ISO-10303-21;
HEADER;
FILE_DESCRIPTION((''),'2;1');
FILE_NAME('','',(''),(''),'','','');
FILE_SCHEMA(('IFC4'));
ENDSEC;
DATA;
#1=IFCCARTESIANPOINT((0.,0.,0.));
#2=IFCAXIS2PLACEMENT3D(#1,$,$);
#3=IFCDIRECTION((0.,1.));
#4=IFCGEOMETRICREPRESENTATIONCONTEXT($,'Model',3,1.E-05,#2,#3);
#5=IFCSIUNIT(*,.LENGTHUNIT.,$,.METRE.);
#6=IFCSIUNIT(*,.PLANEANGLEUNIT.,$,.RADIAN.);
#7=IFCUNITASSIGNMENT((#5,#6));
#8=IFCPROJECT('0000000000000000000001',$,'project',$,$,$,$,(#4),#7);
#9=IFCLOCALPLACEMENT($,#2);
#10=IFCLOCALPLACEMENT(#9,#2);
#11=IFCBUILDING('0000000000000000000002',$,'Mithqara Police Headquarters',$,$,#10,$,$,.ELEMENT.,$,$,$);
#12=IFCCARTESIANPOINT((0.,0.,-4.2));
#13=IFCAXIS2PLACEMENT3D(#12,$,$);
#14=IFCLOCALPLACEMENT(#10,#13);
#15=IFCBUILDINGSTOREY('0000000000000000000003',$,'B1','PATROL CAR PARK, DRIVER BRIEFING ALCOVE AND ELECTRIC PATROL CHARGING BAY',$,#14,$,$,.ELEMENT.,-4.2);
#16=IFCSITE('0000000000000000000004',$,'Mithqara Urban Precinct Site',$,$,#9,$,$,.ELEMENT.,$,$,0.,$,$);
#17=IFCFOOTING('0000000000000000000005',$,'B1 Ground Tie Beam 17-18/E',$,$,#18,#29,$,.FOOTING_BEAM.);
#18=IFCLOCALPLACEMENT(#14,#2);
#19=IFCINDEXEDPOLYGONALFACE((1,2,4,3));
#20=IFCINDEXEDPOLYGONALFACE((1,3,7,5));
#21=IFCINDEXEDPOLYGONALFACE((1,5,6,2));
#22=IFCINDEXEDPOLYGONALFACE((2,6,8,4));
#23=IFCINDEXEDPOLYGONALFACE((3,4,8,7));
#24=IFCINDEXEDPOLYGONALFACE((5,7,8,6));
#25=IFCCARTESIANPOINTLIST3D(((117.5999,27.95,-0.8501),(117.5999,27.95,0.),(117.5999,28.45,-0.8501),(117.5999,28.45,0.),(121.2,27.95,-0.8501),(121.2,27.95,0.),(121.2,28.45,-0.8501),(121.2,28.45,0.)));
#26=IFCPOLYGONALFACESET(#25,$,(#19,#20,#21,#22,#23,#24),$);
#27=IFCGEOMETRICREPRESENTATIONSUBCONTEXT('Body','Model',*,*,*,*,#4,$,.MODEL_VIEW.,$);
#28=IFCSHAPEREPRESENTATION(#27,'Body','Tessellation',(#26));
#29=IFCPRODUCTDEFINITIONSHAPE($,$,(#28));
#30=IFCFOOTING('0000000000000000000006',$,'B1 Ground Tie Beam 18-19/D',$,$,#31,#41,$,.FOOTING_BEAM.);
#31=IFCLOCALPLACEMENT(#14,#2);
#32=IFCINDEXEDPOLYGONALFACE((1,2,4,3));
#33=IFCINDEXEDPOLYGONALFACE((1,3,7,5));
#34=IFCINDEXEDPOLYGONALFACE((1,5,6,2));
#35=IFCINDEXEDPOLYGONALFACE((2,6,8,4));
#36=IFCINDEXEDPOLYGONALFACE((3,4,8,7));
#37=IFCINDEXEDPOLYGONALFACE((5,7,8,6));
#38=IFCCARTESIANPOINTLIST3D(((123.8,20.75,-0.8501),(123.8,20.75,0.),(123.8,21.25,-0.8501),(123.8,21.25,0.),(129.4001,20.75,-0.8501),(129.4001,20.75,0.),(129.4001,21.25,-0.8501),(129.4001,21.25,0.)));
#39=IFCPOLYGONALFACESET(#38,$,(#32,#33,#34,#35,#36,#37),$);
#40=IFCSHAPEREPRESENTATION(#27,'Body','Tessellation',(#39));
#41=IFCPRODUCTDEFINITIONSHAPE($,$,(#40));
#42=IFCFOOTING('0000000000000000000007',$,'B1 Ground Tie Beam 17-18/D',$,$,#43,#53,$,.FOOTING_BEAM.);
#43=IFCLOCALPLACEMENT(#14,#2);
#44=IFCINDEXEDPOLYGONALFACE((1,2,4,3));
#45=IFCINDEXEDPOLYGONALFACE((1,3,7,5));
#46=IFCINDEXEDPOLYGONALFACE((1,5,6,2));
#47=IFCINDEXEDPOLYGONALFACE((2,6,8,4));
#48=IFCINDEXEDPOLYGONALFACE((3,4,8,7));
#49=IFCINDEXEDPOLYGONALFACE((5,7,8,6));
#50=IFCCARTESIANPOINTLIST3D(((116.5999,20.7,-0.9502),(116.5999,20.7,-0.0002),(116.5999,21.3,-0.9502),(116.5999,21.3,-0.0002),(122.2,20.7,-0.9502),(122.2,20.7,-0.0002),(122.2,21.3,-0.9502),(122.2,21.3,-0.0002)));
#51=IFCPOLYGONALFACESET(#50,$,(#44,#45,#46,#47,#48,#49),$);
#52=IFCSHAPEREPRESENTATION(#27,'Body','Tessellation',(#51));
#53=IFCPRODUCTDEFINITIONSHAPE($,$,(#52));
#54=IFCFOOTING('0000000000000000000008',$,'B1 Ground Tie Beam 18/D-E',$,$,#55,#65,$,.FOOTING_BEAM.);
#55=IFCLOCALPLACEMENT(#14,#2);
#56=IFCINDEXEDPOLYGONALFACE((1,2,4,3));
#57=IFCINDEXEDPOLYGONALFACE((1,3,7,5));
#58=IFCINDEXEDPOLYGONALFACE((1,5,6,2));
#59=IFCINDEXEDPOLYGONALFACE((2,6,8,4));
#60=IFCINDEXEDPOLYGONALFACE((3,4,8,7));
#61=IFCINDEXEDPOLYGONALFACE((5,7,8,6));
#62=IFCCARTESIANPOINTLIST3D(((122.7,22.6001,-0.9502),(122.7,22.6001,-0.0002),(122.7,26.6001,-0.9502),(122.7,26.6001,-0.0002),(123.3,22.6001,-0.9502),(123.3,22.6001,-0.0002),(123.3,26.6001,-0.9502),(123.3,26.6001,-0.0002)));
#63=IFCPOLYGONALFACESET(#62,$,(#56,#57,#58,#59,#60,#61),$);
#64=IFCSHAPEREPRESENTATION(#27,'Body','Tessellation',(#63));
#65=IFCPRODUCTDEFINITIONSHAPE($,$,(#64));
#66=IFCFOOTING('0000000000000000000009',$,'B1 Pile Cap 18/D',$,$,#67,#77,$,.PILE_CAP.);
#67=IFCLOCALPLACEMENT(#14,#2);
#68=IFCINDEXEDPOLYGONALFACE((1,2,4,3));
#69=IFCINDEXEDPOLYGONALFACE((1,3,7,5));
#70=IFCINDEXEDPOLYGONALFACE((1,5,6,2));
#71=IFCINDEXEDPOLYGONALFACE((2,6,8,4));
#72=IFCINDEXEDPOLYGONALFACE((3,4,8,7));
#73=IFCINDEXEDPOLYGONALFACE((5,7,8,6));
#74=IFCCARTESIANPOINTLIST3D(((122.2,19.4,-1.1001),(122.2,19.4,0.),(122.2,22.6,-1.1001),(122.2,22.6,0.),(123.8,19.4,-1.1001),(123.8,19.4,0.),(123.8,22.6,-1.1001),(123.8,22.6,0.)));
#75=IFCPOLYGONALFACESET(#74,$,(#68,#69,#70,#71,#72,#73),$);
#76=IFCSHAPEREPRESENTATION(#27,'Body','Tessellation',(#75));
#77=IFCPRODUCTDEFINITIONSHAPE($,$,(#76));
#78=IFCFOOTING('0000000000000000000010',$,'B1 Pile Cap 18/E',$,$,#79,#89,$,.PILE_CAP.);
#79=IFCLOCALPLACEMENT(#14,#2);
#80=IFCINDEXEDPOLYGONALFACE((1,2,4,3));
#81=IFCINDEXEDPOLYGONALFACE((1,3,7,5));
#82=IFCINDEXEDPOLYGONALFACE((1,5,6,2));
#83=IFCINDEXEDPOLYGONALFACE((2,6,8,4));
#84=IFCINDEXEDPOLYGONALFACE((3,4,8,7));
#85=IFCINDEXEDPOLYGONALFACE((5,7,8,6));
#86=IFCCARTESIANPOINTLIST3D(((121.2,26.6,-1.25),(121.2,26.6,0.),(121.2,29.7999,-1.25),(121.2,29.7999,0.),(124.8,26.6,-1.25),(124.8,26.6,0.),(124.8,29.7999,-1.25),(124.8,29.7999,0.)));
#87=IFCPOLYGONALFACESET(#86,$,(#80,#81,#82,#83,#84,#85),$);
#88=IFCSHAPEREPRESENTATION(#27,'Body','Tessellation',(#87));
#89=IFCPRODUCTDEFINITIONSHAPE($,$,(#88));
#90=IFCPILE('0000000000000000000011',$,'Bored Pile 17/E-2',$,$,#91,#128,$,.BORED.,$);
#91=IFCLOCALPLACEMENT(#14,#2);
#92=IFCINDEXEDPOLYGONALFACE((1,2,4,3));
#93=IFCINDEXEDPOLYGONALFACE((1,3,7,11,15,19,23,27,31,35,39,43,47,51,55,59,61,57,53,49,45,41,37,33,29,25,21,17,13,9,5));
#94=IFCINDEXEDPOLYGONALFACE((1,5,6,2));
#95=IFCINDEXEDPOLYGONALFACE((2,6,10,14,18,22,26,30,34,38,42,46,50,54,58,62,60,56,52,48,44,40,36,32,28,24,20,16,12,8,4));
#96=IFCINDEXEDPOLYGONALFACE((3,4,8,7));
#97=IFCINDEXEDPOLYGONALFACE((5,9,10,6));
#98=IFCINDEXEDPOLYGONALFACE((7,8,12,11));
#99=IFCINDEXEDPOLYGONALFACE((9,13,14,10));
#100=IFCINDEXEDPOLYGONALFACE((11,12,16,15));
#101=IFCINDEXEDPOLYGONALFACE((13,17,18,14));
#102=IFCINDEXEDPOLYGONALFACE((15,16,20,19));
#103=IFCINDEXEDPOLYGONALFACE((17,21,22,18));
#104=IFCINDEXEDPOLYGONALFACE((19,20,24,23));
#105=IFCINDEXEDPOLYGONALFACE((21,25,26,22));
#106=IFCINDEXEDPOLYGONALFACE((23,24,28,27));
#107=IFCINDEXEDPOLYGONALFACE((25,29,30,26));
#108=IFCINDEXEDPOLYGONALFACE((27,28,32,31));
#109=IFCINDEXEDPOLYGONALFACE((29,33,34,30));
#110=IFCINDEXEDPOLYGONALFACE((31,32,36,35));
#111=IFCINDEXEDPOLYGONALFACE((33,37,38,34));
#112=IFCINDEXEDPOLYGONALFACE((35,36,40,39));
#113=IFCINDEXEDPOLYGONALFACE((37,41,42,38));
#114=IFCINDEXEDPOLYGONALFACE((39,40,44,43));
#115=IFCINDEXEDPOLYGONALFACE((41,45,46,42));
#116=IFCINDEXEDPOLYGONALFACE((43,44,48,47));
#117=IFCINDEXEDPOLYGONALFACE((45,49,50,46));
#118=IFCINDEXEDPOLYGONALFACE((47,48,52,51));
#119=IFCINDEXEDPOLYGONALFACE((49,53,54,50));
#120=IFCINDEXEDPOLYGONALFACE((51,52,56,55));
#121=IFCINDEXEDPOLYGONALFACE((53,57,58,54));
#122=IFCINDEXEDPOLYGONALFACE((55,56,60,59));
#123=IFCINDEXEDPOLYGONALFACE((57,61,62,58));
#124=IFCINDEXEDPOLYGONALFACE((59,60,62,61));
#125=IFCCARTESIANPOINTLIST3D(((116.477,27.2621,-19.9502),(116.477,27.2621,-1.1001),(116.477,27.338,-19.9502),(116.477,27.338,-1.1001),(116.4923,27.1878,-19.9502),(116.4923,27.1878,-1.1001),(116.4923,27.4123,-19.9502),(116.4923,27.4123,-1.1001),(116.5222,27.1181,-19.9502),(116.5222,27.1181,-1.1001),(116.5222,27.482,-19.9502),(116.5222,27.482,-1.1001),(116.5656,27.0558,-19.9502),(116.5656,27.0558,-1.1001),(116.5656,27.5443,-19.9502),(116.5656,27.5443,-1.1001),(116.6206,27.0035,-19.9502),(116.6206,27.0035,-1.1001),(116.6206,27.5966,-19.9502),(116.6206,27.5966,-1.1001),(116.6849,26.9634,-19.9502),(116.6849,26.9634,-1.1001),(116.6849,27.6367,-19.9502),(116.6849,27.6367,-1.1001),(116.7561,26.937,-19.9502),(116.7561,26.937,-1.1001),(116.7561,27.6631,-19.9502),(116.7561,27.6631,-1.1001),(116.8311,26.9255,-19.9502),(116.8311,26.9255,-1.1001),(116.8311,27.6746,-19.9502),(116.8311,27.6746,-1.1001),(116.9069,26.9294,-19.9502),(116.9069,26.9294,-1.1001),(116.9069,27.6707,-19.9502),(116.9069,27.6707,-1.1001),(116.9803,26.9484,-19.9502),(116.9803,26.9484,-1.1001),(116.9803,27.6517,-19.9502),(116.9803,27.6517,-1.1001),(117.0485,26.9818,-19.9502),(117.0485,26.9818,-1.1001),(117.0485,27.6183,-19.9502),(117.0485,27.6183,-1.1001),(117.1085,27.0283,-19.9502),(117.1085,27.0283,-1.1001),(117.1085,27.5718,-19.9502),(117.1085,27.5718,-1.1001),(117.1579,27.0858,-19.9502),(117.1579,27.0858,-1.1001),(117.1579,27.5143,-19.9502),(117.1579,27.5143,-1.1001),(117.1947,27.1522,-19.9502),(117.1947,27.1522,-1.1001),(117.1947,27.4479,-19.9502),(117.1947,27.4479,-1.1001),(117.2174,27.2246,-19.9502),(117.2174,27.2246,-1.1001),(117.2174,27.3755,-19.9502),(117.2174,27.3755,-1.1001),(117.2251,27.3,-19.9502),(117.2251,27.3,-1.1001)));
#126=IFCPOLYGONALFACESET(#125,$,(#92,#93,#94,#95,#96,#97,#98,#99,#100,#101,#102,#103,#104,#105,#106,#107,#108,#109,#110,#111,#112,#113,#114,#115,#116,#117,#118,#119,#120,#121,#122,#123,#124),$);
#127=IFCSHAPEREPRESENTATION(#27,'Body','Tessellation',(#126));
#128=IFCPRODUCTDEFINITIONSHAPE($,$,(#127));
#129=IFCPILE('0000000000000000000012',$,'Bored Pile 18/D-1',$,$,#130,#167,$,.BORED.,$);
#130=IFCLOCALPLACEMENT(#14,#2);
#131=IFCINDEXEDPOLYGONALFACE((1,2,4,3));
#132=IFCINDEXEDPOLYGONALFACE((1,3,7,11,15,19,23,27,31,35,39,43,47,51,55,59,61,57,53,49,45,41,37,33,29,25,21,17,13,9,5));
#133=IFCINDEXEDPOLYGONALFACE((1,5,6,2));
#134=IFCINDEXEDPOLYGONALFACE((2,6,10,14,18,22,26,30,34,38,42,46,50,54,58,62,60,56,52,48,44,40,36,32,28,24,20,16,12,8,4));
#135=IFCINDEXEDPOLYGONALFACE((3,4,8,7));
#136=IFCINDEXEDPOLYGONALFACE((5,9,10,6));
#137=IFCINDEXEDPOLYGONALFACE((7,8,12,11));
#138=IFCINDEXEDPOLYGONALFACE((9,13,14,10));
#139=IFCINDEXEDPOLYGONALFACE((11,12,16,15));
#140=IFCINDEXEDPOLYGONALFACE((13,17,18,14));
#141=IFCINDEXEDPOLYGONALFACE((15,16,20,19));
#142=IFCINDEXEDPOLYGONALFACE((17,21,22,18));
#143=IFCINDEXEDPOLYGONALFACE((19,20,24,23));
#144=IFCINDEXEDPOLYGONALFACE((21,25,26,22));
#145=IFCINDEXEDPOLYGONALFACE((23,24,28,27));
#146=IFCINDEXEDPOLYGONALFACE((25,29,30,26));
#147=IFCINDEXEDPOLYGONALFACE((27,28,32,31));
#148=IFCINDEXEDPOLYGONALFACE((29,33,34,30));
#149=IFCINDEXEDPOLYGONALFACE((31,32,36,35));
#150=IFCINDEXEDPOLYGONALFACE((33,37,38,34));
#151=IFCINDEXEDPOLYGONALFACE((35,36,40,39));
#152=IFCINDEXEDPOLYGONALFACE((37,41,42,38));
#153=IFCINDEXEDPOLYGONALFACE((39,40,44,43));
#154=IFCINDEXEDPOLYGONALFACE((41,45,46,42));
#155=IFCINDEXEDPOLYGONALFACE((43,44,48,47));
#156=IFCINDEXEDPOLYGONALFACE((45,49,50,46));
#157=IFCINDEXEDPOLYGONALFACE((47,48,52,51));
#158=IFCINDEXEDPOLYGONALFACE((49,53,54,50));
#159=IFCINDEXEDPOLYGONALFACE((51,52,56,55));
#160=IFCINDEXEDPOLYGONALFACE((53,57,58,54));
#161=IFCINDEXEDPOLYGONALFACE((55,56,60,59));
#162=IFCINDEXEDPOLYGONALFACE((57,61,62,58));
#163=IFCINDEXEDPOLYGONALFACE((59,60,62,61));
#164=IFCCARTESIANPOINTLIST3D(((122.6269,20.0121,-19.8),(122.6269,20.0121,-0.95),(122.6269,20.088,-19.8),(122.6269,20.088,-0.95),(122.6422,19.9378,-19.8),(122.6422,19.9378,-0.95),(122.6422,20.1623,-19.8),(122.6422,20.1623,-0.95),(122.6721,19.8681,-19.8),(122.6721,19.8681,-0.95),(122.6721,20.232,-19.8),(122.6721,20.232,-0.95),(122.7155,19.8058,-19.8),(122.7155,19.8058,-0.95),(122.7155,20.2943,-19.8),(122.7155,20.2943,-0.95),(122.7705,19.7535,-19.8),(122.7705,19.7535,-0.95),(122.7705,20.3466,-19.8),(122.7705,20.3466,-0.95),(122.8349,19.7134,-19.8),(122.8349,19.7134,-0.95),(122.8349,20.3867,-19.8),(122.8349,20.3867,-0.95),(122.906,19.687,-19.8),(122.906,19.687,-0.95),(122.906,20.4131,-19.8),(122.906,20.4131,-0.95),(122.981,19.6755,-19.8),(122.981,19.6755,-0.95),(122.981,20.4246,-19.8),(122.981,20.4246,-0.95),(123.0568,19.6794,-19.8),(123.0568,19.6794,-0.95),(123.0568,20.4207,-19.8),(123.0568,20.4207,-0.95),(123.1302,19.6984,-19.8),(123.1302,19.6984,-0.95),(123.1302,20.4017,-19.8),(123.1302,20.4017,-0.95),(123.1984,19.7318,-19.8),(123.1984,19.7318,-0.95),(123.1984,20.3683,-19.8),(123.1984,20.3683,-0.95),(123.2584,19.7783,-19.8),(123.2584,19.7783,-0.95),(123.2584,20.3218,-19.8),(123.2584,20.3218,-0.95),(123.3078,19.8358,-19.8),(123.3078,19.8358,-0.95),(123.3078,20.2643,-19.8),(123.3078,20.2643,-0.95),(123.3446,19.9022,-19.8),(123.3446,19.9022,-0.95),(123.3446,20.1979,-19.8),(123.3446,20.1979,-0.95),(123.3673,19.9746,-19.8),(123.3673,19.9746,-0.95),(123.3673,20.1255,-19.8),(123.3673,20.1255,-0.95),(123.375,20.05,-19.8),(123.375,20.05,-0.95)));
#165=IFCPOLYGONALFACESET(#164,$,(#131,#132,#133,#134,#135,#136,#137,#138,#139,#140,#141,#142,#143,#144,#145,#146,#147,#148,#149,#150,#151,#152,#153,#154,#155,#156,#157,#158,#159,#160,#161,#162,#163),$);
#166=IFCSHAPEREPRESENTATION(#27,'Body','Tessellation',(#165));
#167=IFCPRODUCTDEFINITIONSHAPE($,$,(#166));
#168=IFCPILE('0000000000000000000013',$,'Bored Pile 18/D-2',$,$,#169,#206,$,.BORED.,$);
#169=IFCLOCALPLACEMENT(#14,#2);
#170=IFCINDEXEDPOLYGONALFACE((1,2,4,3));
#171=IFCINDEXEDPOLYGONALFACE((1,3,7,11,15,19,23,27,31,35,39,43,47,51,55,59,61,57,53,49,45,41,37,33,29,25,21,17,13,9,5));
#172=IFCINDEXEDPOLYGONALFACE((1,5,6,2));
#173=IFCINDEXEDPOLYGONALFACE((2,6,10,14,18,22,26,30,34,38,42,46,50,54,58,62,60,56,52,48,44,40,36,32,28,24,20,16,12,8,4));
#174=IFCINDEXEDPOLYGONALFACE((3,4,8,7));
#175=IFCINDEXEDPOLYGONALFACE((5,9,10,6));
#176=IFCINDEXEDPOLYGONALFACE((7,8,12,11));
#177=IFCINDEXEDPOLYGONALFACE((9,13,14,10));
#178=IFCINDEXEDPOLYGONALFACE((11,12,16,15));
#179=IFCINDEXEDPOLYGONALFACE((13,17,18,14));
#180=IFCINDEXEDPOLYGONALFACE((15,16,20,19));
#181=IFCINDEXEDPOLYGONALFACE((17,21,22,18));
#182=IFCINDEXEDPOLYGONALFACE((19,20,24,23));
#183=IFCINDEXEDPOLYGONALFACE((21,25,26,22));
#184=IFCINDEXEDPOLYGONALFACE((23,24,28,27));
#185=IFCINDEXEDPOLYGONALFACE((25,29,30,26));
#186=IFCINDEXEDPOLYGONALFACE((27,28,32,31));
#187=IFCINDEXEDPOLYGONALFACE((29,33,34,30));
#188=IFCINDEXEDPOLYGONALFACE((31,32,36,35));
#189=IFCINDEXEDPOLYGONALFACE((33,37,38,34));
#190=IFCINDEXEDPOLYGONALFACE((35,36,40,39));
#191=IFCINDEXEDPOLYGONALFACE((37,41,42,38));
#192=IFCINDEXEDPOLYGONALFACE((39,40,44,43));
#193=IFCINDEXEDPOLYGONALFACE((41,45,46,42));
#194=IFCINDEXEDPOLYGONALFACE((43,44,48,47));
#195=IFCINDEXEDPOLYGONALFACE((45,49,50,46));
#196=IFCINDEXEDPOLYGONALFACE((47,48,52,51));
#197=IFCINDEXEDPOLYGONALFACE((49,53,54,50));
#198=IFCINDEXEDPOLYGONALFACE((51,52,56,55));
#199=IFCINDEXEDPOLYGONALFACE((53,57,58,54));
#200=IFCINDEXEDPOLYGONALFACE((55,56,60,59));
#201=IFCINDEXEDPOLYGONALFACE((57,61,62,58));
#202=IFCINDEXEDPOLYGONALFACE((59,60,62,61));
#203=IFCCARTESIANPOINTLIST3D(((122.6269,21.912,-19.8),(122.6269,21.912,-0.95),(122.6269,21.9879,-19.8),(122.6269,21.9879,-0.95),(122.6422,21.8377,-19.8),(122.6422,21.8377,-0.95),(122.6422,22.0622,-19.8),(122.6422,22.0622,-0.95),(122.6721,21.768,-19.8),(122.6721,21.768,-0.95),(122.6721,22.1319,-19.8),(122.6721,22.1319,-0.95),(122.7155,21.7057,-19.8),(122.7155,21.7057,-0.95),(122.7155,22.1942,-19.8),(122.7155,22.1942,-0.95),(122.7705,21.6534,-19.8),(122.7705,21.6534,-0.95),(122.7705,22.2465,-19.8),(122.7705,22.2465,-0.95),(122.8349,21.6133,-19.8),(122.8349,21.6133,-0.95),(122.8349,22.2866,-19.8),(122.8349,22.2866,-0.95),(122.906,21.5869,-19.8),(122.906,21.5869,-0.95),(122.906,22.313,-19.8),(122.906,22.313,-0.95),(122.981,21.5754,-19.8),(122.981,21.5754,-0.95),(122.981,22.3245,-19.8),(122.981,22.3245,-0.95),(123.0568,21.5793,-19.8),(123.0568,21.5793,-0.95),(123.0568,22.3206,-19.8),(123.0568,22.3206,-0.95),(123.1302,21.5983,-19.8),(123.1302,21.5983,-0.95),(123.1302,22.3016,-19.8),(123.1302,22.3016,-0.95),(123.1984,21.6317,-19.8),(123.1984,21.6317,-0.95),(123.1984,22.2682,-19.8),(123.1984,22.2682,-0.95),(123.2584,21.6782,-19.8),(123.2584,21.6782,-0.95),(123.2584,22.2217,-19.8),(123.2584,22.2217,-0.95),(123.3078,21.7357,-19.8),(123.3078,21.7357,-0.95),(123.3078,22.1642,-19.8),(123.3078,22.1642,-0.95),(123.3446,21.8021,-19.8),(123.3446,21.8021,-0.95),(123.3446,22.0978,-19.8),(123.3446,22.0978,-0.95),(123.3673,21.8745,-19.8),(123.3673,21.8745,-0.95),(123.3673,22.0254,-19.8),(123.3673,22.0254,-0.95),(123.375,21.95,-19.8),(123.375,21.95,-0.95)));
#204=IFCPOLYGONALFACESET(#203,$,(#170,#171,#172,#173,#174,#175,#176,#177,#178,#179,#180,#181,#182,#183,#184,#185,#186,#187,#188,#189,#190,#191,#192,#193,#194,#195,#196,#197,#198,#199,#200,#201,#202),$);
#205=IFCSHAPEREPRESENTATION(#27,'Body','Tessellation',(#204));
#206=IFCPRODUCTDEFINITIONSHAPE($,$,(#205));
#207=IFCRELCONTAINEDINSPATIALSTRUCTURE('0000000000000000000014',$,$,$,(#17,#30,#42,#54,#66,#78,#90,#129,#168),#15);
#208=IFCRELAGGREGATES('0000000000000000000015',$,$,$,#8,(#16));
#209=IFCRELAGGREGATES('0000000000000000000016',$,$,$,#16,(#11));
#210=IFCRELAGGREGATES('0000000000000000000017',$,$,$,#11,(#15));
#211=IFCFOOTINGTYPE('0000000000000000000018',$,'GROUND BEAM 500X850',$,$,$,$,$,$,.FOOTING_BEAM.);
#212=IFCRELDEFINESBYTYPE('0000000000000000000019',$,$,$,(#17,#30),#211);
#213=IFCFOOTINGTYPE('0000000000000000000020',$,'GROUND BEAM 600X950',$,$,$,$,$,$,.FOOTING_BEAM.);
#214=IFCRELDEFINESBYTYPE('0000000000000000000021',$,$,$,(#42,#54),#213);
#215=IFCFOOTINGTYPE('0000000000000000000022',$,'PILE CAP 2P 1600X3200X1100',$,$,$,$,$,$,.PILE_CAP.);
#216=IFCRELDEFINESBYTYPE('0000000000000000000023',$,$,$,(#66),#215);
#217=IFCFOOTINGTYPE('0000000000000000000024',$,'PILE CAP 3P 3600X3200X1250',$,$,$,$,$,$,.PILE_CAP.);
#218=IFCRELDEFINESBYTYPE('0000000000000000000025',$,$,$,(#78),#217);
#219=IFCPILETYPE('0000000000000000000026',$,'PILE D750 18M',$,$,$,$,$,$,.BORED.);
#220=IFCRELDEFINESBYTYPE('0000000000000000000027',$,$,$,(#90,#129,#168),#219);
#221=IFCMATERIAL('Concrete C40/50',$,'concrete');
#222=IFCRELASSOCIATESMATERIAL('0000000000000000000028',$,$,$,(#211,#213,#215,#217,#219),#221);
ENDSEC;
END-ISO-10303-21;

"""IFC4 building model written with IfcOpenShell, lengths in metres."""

from ifc_helpers import new_model, si_unit, direction, frame, origin, origin_2d, place, context, subcontext, project, spatial, rectangle, circle, extrude, material, material_profile, profile_set, type_object, element, save


model = new_model("IFC4")

# Units and contexts
model_context = context("Model", 3, precision=1e-05, world=origin(), true_north=direction((0.0, 1.0)))
body_context = subcontext(model_context, "Body", "Model", "MODEL_VIEW")
ifc_project = project(units=[si_unit("LENGTHUNIT", "METRE"), si_unit("PLANEANGLEUNIT", "RADIAN")], contexts=[model_context])

# Site, building, storey
site_placement = place(None, origin())
site = spatial("IfcSite", under=ifc_project, at=site_placement, Name="Mithqara Urban Precinct Site", CompositionType="ELEMENT", RefElevation=0.0)
building_placement = place(site_placement, origin())
building = spatial("IfcBuilding", under=site, at=building_placement, Name="Mithqara Police Headquarters", CompositionType="ELEMENT")
storey_placement = place(building_placement, frame((0.0, 0.0, -4.2)))
storey = spatial("IfcBuildingStorey", under=building, at=storey_placement, Name="B1", Description="PATROL CAR PARK, DRIVER BRIEFING ALCOVE AND ELECTRIC PATROL CHARGING BAY", CompositionType="ELEMENT", Elevation=-4.2)

# Footings
ifc_material_1 = material(Name="Concrete C40/50", Category="concrete")
footing_type_1 = type_object("IfcFootingType", Name="GROUND BEAM 500X850", PredefinedType="FOOTING_BEAM", material=ifc_material_1)
footing_1_placement = place(storey_placement, frame((119.3999, 28.2, -0.8501), z_axis=(0.0, 0.0, 1.0), x_axis=(1.0, 0.0, 0.0)))
element("IfcFooting", 1, at=footing_1_placement, inside=storey, type_object=footing_type_1, Name="B1 Ground Tie Beam 17-18/E", PredefinedType="FOOTING_BEAM", context=body_context, shape_type="SweptSolid", body=[
    extrude(rectangle(XDim=3.6001, YDim=0.5, at=origin_2d()), origin(), (0.0, 0.0, 1.0), 0.8501),
])
footing_2_placement = place(storey_placement, frame((126.6001, 21.0, -0.8501), z_axis=(0.0, 0.0, 1.0), x_axis=(1.0, 0.0, 0.0)))
element("IfcFooting", 2, at=footing_2_placement, inside=storey, type_object=footing_type_1, Name="B1 Ground Tie Beam 18-19/D", PredefinedType="FOOTING_BEAM", context=body_context, shape_type="SweptSolid", body=[
    extrude(rectangle(XDim=5.6001, YDim=0.5, at=origin_2d()), origin(), (0.0, 0.0, 1.0), 0.8501),
])
footing_type_2 = type_object("IfcFootingType", Name="GROUND BEAM 600X950", PredefinedType="FOOTING_BEAM", material=ifc_material_1)
footing_3_placement = place(storey_placement, frame((119.3999, 21.0, -0.9502), z_axis=(0.0, 0.0, 1.0), x_axis=(1.0, 0.0, 0.0)))
element("IfcFooting", 3, at=footing_3_placement, inside=storey, type_object=footing_type_2, Name="B1 Ground Tie Beam 17-18/D", PredefinedType="FOOTING_BEAM", context=body_context, shape_type="SweptSolid", body=[
    extrude(rectangle(XDim=5.6001, YDim=0.6001, at=origin_2d()), origin(), (0.0, 0.0, 1.0), 0.95),
])
footing_4_placement = place(storey_placement, frame((123.0, 24.6001, -0.9502), z_axis=(0.0, 0.0, 1.0), x_axis=(1.0, 0.0, 0.0)))
element("IfcFooting", 4, at=footing_4_placement, inside=storey, type_object=footing_type_2, Name="B1 Ground Tie Beam 18/D-E", PredefinedType="FOOTING_BEAM", context=body_context, shape_type="SweptSolid", body=[
    extrude(rectangle(XDim=0.6001, YDim=4.0, at=origin_2d()), origin(), (0.0, 0.0, 1.0), 0.95),
])
footing_type_3 = type_object("IfcFootingType", Name="PILE CAP 2P 1600X3200X1100", PredefinedType="PILE_CAP", material=ifc_material_1)
footing_5_placement = place(storey_placement, frame((123.0, 21.0, -1.1001), z_axis=(0.0, 0.0, 1.0), x_axis=(1.0, 0.0, 0.0)))
element("IfcFooting", 5, at=footing_5_placement, inside=storey, type_object=footing_type_3, Name="B1 Pile Cap 18/D", PredefinedType="PILE_CAP", context=body_context, shape_type="SweptSolid", body=[
    extrude(rectangle(XDim=1.6001, YDim=3.2, at=origin_2d()), origin(), (0.0, 0.0, 1.0), 1.1001),
])
footing_type_4 = type_object("IfcFootingType", Name="PILE CAP 3P 3600X3200X1250", PredefinedType="PILE_CAP", material=ifc_material_1)
footing_6_placement = place(storey_placement, frame((123.0, 28.2, -1.25), z_axis=(0.0, 0.0, 1.0), x_axis=(1.0, 0.0, 0.0)))
element("IfcFooting", 6, at=footing_6_placement, inside=storey, type_object=footing_type_4, Name="B1 Pile Cap 18/E", PredefinedType="PILE_CAP", context=body_context, shape_type="SweptSolid", body=[
    extrude(rectangle(XDim=3.6001, YDim=3.2, at=origin_2d()), origin(), (0.0, 0.0, 1.0), 1.25),
])

# Piles
ifc_material_profile_1 = material_profile(ifc_material_1, circle(Radius=0.375, at=origin_2d()), Name="PILE D750")
ifc_profile_set_1 = profile_set([ifc_material_profile_1], Name="Concrete C40/50")
pile_type = type_object("IfcPileType", Name="PILE D750 18M", PredefinedType="BORED", material=ifc_profile_set_1)
for number, where, z_axis, x_axis, name in (
    (7, (116.8501, 27.3, -1.1001), (0.0, 0.0, -1.0), (1.0, 0.0, 0.0), "Bored Pile 17/E-2"),
    (8, (123.0, 20.05, -0.95), (0.0, 0.0, -1.0), (1.0, 0.0, 0.0), "Bored Pile 18/D-1"),
    (9, (123.0, 21.95, -0.95), (0.0, 0.0, -1.0), (1.0, 0.0, 0.0), "Bored Pile 18/D-2"),
):
    element("IfcPile", number, at=place(storey_placement, frame(where, z_axis=z_axis, x_axis=x_axis)), inside=storey, type_object=pile_type, Name=name, PredefinedType="BORED", context=body_context, shape_type="SweptSolid", body=[
        extrude(circle(Radius=0.375, at=origin_2d()), origin(), (0.0, 0.0, 1.0), 18.8501),
    ])

save(model, "model.ifc")
